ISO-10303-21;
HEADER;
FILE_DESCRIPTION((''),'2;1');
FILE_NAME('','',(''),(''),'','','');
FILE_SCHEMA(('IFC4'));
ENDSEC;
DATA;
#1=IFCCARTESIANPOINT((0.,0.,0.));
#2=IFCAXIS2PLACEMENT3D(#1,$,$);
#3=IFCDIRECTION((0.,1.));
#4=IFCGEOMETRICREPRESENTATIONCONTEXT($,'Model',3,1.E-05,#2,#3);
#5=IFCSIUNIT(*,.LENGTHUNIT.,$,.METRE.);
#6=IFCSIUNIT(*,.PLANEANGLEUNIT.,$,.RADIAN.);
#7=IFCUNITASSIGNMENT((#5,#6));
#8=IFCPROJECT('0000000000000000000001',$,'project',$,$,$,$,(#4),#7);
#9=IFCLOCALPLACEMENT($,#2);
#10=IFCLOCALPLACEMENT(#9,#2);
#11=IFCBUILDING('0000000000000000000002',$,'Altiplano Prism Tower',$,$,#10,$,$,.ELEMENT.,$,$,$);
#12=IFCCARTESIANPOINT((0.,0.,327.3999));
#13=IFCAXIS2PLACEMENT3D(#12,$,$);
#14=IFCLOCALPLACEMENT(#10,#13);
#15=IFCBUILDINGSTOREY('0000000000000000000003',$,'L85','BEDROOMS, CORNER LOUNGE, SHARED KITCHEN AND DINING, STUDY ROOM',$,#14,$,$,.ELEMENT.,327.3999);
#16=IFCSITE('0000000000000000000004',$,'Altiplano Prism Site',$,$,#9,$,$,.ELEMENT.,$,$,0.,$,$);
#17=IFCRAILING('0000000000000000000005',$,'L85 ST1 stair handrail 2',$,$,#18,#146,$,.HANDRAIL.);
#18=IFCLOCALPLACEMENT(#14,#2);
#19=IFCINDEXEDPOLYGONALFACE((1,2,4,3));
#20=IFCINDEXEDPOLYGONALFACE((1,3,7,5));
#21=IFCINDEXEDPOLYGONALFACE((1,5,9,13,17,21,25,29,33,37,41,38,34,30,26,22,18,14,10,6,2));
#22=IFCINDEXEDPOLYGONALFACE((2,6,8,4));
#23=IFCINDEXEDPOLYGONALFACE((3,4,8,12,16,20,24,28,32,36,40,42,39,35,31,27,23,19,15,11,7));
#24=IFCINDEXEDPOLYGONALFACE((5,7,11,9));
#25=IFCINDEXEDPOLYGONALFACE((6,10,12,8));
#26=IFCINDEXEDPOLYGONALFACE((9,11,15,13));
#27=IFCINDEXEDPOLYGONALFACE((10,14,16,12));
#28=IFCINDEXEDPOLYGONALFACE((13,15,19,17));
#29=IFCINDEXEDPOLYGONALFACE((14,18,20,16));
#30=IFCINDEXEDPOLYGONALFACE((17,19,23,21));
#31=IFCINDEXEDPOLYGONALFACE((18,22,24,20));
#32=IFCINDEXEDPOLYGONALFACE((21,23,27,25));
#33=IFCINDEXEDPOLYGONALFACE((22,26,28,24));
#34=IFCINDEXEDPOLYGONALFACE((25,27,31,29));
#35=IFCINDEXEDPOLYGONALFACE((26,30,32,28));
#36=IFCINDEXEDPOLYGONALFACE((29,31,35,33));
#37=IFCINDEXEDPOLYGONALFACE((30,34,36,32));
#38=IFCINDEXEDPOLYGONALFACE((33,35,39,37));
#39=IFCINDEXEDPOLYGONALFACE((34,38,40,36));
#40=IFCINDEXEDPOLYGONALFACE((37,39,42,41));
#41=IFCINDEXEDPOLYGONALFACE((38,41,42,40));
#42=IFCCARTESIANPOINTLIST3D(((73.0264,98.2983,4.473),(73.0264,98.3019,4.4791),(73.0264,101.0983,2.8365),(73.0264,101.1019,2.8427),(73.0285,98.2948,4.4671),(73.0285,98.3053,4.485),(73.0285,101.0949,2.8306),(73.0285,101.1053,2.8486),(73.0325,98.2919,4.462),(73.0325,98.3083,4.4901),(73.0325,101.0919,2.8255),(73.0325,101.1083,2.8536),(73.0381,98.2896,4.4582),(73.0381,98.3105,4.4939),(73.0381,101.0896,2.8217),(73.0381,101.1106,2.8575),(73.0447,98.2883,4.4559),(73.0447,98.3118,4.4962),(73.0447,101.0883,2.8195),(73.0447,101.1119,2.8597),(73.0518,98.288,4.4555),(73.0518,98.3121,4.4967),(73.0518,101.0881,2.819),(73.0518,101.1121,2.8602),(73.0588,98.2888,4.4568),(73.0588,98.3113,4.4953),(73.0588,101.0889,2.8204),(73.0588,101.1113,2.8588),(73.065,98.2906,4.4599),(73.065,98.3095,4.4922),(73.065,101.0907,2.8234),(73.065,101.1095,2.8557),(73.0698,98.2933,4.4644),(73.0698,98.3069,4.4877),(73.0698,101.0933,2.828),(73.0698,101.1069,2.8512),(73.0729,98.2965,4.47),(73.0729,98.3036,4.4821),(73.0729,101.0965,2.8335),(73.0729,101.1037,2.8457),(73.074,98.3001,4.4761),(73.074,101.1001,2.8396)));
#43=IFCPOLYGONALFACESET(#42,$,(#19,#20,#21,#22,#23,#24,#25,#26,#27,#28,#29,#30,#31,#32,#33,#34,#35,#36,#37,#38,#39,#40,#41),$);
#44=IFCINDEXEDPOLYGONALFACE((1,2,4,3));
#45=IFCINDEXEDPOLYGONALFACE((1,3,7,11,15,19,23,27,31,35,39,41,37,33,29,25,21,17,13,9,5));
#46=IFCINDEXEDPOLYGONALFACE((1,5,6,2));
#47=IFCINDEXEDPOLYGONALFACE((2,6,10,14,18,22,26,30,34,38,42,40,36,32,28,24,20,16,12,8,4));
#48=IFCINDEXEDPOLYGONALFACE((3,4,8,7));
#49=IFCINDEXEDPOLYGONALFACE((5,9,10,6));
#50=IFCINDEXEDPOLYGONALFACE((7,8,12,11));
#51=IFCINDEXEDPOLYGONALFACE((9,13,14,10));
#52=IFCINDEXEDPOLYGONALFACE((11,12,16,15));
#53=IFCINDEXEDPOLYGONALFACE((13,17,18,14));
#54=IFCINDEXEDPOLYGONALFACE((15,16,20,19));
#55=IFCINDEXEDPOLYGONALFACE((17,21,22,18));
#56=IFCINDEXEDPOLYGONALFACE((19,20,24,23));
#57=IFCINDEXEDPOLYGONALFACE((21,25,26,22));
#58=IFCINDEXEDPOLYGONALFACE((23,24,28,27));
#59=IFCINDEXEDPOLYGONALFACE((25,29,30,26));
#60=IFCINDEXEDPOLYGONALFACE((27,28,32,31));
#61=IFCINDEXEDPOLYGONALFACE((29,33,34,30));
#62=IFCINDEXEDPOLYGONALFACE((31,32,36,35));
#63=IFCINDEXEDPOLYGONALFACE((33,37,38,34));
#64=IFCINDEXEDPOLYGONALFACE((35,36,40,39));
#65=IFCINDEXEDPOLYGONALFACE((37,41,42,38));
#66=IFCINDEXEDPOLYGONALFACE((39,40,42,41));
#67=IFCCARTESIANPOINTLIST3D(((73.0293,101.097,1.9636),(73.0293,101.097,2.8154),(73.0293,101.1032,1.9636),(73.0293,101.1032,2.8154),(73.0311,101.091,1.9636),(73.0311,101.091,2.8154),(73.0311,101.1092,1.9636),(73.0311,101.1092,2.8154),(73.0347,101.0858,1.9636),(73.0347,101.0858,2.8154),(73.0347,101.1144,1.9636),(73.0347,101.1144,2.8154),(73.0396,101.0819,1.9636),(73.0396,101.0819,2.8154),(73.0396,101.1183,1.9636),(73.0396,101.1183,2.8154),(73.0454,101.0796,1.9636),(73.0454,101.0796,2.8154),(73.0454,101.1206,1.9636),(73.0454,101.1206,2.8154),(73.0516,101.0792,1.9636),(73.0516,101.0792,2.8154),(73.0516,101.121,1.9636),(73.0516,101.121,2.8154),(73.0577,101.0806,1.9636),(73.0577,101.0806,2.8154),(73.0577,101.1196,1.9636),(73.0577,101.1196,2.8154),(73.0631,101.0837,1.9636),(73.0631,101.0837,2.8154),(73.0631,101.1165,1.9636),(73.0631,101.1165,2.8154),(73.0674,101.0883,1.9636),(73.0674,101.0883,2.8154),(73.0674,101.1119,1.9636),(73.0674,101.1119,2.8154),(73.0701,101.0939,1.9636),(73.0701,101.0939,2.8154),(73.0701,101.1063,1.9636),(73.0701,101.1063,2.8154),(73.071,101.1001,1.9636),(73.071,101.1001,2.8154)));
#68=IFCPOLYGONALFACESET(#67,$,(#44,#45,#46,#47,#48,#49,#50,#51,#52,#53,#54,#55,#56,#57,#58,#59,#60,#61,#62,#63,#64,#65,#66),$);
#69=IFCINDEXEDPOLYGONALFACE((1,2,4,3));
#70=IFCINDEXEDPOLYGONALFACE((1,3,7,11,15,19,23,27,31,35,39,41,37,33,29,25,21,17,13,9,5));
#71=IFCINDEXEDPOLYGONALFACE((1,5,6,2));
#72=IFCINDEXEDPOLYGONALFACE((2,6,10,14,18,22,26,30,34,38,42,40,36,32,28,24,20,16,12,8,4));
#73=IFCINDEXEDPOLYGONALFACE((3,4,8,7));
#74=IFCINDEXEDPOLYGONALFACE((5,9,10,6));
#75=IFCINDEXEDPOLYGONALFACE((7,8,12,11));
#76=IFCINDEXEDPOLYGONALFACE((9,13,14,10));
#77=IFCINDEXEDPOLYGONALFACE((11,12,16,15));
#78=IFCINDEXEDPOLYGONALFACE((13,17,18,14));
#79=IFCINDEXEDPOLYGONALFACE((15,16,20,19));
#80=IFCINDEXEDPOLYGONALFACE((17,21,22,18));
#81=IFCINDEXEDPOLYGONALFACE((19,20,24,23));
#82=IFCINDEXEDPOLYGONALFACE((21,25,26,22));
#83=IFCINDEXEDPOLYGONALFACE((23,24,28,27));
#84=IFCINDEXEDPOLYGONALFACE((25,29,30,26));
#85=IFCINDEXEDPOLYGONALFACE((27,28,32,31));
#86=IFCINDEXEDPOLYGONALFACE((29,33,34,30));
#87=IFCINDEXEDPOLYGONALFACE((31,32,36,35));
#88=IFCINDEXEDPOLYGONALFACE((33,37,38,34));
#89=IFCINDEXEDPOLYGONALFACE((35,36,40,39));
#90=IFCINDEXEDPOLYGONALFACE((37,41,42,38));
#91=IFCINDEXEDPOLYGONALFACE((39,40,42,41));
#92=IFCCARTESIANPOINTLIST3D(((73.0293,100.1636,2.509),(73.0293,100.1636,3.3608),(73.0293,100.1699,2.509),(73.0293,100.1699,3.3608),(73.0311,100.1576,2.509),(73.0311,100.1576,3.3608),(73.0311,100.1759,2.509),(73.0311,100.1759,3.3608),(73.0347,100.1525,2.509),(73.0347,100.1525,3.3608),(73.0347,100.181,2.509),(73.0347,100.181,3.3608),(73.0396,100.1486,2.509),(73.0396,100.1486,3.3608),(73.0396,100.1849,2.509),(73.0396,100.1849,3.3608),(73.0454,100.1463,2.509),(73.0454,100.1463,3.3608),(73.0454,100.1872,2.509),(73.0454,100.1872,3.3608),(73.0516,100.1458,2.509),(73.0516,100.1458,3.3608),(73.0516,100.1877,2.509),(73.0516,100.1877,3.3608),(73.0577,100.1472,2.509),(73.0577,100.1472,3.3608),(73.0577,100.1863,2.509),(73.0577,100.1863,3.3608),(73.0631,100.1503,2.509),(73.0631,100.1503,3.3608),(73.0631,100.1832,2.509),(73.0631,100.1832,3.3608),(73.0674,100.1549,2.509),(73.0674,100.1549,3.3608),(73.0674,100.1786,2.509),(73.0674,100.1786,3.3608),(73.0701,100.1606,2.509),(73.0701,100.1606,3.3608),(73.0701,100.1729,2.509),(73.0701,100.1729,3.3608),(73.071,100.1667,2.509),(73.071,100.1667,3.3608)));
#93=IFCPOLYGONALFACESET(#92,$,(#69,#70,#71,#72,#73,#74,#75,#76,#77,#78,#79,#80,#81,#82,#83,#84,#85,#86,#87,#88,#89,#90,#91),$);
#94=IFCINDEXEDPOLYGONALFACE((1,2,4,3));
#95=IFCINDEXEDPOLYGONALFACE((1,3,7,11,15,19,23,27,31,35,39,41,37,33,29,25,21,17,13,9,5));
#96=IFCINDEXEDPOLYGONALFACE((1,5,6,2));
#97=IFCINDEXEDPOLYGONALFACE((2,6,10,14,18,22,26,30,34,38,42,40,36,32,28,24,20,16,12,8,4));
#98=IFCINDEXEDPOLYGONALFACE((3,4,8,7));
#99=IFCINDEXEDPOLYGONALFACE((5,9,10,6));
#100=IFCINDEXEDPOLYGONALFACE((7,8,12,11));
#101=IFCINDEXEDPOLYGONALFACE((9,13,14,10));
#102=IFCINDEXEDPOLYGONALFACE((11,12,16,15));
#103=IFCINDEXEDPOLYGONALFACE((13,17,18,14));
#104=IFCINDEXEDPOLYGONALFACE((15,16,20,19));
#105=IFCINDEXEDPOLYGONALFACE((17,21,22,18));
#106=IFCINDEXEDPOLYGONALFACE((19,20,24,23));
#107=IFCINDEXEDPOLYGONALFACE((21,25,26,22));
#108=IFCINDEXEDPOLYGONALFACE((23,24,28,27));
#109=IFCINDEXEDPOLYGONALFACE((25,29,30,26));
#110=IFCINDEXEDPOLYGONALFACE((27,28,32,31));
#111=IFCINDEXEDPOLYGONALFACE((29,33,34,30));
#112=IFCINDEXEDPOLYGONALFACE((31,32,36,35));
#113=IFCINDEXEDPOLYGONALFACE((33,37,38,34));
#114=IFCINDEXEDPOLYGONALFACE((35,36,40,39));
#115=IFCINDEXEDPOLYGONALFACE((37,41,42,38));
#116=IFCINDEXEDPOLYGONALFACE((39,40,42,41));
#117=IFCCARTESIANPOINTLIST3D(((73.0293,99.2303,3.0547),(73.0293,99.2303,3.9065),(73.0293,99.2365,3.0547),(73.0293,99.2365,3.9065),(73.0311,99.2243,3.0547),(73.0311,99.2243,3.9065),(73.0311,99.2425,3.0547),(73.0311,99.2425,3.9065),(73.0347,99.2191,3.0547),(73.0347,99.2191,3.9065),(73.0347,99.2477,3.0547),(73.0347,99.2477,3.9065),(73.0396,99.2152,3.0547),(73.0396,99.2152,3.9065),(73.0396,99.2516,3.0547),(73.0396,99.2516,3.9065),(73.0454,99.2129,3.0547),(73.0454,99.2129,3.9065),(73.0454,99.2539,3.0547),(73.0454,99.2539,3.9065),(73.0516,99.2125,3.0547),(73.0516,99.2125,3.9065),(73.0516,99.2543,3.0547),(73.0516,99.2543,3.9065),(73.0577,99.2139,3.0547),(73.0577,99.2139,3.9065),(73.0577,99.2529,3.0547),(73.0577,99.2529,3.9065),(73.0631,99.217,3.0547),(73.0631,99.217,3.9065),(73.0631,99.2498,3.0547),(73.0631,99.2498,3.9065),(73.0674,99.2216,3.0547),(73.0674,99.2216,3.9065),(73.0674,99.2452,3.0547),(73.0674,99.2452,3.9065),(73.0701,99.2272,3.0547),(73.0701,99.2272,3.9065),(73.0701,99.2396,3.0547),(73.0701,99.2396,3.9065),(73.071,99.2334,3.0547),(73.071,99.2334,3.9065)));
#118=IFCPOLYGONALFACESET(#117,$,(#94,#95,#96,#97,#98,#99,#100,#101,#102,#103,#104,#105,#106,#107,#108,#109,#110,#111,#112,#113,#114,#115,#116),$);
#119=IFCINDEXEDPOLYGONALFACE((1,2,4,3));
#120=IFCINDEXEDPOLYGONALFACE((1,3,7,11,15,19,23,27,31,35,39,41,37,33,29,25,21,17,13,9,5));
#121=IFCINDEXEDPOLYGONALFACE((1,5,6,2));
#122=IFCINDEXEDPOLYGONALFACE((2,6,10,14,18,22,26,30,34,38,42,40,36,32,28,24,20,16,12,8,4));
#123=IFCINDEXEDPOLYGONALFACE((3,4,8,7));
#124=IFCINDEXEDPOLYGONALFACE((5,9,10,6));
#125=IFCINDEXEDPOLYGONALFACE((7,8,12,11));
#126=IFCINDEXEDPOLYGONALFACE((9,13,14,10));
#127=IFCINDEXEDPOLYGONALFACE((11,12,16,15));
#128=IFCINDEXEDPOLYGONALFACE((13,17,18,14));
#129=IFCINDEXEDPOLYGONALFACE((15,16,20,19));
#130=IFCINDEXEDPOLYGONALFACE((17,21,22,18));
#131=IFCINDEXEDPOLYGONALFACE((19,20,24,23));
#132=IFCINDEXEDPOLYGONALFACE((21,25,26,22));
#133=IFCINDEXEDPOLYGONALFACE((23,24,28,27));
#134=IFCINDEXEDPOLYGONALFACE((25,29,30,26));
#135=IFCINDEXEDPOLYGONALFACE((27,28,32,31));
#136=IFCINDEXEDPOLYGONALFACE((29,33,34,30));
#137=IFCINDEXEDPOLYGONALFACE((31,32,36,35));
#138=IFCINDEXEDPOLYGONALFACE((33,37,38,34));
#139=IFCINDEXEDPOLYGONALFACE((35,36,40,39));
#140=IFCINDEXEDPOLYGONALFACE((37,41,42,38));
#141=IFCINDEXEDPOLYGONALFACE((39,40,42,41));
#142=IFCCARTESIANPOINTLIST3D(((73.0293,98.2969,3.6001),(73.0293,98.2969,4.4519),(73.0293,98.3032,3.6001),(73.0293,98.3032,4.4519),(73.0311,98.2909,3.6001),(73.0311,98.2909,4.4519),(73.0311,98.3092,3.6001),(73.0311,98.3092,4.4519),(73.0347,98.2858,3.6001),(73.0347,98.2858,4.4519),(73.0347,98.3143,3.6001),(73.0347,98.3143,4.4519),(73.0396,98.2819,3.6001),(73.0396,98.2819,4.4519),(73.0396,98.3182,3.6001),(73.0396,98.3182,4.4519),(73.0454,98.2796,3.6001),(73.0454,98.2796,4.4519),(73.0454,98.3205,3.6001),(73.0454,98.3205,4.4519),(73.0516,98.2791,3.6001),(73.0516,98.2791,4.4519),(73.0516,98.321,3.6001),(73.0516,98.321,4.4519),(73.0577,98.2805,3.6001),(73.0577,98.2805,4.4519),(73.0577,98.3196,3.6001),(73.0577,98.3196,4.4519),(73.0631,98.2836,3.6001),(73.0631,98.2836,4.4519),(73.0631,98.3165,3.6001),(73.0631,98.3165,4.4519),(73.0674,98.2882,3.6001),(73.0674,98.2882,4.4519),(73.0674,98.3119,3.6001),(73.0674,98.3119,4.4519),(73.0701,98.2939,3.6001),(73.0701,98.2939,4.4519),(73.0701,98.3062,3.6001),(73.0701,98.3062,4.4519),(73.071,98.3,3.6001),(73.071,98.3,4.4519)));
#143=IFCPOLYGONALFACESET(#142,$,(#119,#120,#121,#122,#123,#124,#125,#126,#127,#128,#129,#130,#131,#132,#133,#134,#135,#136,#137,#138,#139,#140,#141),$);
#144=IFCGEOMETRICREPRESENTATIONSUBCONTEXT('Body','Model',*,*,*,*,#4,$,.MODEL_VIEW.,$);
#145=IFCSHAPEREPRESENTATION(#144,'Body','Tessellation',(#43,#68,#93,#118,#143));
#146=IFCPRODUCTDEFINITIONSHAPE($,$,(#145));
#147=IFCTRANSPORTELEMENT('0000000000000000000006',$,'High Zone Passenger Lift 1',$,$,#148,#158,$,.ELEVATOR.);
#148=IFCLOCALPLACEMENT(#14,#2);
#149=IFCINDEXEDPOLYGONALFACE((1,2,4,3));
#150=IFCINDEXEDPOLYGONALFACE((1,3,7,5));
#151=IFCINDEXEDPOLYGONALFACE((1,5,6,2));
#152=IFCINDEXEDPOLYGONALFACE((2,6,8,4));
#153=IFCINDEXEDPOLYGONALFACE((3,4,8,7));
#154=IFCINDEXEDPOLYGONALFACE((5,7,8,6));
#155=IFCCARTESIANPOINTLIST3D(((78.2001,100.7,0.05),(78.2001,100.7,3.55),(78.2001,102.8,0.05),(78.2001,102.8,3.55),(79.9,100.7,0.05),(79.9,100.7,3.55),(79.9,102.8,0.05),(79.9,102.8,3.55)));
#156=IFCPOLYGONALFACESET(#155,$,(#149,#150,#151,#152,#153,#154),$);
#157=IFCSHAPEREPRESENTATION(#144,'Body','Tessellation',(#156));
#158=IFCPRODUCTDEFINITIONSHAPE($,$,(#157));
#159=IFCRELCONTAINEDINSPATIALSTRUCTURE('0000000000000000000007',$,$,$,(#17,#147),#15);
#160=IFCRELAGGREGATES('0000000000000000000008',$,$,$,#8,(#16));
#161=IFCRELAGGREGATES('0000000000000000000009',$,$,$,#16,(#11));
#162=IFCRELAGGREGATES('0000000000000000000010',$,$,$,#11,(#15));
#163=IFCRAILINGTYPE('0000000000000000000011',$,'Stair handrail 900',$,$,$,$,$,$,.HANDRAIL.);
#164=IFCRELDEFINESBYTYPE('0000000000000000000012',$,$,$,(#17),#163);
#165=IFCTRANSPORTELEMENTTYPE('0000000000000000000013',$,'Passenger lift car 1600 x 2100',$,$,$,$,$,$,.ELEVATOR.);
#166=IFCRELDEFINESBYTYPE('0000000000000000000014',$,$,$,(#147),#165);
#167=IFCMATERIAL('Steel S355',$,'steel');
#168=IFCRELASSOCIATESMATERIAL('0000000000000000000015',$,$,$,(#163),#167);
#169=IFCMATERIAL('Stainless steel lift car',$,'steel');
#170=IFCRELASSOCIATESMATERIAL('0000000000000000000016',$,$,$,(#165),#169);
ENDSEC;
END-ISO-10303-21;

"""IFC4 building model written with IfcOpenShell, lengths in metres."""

from ifc_helpers import new_model, si_unit, direction, frame, origin, origin_2d, place, context, subcontext, project, spatial, rectangle, circle, extrude, material, type_object, element, save


model = new_model("IFC4")

# Units and contexts
model_context = context("Model", 3, precision=1e-05, world=origin(), true_north=direction((0.0, 1.0)))
body_context = subcontext(model_context, "Body", "Model", "MODEL_VIEW")
ifc_project = project(units=[si_unit("LENGTHUNIT", "METRE"), si_unit("PLANEANGLEUNIT", "RADIAN")], contexts=[model_context])

# Site, building, storey
site_placement = place(None, origin())
site = spatial("IfcSite", under=ifc_project, at=site_placement, Name="Altiplano Prism Site", CompositionType="ELEMENT", RefElevation=0.0)
building_placement = place(site_placement, origin())
building = spatial("IfcBuilding", under=site, at=building_placement, Name="Altiplano Prism Tower", CompositionType="ELEMENT")
storey_placement = place(building_placement, frame((0.0, 0.0, 327.3999)))
storey = spatial("IfcBuildingStorey", under=building, at=storey_placement, Name="L85", Description="BEDROOMS, CORNER LOUNGE, SHARED KITCHEN AND DINING, STUDY ROOM", CompositionType="ELEMENT", Elevation=327.3999)

# Railing
ifc_material_1 = material(Name="Steel S355", Category="steel")
railing_type = type_object("IfcRailingType", Name="Stair handrail 900", PredefinedType="HANDRAIL", material=ifc_material_1)
railing_1_placement = place(storey_placement, frame((73.05, 101.1001, 1.9636)))
element("IfcRailing", 1, at=railing_1_placement, inside=storey, type_object=railing_type, Name="L85 ST1 stair handrail 2", PredefinedType="HANDRAIL", context=body_context, shape_type="SweptSolid", body=[
    extrude(circle(Radius=0.0239, at=origin_2d()), frame((0.0, 0.0, 0.876), z_axis=(0.0, -0.863361, 0.504587), x_axis=(1.0, 0.0, 0.0)), (0.0, 0.0, 1.0), 3.2432),
    extrude(circle(Radius=0.021, at=origin_2d()), origin(), (0.0, 0.0, 1.0), 0.8518),
    extrude(circle(Radius=0.021, at=origin_2d()), frame((0.0, -0.9333, 0.5454)), (0.0, 0.0, 1.0), 0.8518),
    extrude(circle(Radius=0.021, at=origin_2d()), frame((0.0, -1.8667, 1.0911)), (0.0, 0.0, 1.0), 0.8518),
    extrude(circle(Radius=0.021, at=origin_2d()), frame((0.0, -2.8, 1.6365)), (0.0, 0.0, 1.0), 0.8518),
])

# Transport element
ifc_material_2 = material(Name="Stainless steel lift car", Category="steel")
transport_element_type = type_object("IfcTransportElementType", Name="Passenger lift car 1600 x 2100", PredefinedType="ELEVATOR", material=ifc_material_2)
transport_element_placement = place(storey_placement, frame((79.05, 101.75, 0.05), z_axis=(0.0, 0.0, 1.0), x_axis=(1.0, 0.0, 0.0)))
element("IfcTransportElement", 2, at=transport_element_placement, inside=storey, type_object=transport_element_type, Name="High Zone Passenger Lift 1", PredefinedType="ELEVATOR", context=body_context, shape_type="SweptSolid", body=[
    extrude(rectangle(XDim=1.7, YDim=2.1001, at=origin_2d()), origin(), (0.0, 0.0, 1.0), 3.5),
])

save(model, "model.ifc")
